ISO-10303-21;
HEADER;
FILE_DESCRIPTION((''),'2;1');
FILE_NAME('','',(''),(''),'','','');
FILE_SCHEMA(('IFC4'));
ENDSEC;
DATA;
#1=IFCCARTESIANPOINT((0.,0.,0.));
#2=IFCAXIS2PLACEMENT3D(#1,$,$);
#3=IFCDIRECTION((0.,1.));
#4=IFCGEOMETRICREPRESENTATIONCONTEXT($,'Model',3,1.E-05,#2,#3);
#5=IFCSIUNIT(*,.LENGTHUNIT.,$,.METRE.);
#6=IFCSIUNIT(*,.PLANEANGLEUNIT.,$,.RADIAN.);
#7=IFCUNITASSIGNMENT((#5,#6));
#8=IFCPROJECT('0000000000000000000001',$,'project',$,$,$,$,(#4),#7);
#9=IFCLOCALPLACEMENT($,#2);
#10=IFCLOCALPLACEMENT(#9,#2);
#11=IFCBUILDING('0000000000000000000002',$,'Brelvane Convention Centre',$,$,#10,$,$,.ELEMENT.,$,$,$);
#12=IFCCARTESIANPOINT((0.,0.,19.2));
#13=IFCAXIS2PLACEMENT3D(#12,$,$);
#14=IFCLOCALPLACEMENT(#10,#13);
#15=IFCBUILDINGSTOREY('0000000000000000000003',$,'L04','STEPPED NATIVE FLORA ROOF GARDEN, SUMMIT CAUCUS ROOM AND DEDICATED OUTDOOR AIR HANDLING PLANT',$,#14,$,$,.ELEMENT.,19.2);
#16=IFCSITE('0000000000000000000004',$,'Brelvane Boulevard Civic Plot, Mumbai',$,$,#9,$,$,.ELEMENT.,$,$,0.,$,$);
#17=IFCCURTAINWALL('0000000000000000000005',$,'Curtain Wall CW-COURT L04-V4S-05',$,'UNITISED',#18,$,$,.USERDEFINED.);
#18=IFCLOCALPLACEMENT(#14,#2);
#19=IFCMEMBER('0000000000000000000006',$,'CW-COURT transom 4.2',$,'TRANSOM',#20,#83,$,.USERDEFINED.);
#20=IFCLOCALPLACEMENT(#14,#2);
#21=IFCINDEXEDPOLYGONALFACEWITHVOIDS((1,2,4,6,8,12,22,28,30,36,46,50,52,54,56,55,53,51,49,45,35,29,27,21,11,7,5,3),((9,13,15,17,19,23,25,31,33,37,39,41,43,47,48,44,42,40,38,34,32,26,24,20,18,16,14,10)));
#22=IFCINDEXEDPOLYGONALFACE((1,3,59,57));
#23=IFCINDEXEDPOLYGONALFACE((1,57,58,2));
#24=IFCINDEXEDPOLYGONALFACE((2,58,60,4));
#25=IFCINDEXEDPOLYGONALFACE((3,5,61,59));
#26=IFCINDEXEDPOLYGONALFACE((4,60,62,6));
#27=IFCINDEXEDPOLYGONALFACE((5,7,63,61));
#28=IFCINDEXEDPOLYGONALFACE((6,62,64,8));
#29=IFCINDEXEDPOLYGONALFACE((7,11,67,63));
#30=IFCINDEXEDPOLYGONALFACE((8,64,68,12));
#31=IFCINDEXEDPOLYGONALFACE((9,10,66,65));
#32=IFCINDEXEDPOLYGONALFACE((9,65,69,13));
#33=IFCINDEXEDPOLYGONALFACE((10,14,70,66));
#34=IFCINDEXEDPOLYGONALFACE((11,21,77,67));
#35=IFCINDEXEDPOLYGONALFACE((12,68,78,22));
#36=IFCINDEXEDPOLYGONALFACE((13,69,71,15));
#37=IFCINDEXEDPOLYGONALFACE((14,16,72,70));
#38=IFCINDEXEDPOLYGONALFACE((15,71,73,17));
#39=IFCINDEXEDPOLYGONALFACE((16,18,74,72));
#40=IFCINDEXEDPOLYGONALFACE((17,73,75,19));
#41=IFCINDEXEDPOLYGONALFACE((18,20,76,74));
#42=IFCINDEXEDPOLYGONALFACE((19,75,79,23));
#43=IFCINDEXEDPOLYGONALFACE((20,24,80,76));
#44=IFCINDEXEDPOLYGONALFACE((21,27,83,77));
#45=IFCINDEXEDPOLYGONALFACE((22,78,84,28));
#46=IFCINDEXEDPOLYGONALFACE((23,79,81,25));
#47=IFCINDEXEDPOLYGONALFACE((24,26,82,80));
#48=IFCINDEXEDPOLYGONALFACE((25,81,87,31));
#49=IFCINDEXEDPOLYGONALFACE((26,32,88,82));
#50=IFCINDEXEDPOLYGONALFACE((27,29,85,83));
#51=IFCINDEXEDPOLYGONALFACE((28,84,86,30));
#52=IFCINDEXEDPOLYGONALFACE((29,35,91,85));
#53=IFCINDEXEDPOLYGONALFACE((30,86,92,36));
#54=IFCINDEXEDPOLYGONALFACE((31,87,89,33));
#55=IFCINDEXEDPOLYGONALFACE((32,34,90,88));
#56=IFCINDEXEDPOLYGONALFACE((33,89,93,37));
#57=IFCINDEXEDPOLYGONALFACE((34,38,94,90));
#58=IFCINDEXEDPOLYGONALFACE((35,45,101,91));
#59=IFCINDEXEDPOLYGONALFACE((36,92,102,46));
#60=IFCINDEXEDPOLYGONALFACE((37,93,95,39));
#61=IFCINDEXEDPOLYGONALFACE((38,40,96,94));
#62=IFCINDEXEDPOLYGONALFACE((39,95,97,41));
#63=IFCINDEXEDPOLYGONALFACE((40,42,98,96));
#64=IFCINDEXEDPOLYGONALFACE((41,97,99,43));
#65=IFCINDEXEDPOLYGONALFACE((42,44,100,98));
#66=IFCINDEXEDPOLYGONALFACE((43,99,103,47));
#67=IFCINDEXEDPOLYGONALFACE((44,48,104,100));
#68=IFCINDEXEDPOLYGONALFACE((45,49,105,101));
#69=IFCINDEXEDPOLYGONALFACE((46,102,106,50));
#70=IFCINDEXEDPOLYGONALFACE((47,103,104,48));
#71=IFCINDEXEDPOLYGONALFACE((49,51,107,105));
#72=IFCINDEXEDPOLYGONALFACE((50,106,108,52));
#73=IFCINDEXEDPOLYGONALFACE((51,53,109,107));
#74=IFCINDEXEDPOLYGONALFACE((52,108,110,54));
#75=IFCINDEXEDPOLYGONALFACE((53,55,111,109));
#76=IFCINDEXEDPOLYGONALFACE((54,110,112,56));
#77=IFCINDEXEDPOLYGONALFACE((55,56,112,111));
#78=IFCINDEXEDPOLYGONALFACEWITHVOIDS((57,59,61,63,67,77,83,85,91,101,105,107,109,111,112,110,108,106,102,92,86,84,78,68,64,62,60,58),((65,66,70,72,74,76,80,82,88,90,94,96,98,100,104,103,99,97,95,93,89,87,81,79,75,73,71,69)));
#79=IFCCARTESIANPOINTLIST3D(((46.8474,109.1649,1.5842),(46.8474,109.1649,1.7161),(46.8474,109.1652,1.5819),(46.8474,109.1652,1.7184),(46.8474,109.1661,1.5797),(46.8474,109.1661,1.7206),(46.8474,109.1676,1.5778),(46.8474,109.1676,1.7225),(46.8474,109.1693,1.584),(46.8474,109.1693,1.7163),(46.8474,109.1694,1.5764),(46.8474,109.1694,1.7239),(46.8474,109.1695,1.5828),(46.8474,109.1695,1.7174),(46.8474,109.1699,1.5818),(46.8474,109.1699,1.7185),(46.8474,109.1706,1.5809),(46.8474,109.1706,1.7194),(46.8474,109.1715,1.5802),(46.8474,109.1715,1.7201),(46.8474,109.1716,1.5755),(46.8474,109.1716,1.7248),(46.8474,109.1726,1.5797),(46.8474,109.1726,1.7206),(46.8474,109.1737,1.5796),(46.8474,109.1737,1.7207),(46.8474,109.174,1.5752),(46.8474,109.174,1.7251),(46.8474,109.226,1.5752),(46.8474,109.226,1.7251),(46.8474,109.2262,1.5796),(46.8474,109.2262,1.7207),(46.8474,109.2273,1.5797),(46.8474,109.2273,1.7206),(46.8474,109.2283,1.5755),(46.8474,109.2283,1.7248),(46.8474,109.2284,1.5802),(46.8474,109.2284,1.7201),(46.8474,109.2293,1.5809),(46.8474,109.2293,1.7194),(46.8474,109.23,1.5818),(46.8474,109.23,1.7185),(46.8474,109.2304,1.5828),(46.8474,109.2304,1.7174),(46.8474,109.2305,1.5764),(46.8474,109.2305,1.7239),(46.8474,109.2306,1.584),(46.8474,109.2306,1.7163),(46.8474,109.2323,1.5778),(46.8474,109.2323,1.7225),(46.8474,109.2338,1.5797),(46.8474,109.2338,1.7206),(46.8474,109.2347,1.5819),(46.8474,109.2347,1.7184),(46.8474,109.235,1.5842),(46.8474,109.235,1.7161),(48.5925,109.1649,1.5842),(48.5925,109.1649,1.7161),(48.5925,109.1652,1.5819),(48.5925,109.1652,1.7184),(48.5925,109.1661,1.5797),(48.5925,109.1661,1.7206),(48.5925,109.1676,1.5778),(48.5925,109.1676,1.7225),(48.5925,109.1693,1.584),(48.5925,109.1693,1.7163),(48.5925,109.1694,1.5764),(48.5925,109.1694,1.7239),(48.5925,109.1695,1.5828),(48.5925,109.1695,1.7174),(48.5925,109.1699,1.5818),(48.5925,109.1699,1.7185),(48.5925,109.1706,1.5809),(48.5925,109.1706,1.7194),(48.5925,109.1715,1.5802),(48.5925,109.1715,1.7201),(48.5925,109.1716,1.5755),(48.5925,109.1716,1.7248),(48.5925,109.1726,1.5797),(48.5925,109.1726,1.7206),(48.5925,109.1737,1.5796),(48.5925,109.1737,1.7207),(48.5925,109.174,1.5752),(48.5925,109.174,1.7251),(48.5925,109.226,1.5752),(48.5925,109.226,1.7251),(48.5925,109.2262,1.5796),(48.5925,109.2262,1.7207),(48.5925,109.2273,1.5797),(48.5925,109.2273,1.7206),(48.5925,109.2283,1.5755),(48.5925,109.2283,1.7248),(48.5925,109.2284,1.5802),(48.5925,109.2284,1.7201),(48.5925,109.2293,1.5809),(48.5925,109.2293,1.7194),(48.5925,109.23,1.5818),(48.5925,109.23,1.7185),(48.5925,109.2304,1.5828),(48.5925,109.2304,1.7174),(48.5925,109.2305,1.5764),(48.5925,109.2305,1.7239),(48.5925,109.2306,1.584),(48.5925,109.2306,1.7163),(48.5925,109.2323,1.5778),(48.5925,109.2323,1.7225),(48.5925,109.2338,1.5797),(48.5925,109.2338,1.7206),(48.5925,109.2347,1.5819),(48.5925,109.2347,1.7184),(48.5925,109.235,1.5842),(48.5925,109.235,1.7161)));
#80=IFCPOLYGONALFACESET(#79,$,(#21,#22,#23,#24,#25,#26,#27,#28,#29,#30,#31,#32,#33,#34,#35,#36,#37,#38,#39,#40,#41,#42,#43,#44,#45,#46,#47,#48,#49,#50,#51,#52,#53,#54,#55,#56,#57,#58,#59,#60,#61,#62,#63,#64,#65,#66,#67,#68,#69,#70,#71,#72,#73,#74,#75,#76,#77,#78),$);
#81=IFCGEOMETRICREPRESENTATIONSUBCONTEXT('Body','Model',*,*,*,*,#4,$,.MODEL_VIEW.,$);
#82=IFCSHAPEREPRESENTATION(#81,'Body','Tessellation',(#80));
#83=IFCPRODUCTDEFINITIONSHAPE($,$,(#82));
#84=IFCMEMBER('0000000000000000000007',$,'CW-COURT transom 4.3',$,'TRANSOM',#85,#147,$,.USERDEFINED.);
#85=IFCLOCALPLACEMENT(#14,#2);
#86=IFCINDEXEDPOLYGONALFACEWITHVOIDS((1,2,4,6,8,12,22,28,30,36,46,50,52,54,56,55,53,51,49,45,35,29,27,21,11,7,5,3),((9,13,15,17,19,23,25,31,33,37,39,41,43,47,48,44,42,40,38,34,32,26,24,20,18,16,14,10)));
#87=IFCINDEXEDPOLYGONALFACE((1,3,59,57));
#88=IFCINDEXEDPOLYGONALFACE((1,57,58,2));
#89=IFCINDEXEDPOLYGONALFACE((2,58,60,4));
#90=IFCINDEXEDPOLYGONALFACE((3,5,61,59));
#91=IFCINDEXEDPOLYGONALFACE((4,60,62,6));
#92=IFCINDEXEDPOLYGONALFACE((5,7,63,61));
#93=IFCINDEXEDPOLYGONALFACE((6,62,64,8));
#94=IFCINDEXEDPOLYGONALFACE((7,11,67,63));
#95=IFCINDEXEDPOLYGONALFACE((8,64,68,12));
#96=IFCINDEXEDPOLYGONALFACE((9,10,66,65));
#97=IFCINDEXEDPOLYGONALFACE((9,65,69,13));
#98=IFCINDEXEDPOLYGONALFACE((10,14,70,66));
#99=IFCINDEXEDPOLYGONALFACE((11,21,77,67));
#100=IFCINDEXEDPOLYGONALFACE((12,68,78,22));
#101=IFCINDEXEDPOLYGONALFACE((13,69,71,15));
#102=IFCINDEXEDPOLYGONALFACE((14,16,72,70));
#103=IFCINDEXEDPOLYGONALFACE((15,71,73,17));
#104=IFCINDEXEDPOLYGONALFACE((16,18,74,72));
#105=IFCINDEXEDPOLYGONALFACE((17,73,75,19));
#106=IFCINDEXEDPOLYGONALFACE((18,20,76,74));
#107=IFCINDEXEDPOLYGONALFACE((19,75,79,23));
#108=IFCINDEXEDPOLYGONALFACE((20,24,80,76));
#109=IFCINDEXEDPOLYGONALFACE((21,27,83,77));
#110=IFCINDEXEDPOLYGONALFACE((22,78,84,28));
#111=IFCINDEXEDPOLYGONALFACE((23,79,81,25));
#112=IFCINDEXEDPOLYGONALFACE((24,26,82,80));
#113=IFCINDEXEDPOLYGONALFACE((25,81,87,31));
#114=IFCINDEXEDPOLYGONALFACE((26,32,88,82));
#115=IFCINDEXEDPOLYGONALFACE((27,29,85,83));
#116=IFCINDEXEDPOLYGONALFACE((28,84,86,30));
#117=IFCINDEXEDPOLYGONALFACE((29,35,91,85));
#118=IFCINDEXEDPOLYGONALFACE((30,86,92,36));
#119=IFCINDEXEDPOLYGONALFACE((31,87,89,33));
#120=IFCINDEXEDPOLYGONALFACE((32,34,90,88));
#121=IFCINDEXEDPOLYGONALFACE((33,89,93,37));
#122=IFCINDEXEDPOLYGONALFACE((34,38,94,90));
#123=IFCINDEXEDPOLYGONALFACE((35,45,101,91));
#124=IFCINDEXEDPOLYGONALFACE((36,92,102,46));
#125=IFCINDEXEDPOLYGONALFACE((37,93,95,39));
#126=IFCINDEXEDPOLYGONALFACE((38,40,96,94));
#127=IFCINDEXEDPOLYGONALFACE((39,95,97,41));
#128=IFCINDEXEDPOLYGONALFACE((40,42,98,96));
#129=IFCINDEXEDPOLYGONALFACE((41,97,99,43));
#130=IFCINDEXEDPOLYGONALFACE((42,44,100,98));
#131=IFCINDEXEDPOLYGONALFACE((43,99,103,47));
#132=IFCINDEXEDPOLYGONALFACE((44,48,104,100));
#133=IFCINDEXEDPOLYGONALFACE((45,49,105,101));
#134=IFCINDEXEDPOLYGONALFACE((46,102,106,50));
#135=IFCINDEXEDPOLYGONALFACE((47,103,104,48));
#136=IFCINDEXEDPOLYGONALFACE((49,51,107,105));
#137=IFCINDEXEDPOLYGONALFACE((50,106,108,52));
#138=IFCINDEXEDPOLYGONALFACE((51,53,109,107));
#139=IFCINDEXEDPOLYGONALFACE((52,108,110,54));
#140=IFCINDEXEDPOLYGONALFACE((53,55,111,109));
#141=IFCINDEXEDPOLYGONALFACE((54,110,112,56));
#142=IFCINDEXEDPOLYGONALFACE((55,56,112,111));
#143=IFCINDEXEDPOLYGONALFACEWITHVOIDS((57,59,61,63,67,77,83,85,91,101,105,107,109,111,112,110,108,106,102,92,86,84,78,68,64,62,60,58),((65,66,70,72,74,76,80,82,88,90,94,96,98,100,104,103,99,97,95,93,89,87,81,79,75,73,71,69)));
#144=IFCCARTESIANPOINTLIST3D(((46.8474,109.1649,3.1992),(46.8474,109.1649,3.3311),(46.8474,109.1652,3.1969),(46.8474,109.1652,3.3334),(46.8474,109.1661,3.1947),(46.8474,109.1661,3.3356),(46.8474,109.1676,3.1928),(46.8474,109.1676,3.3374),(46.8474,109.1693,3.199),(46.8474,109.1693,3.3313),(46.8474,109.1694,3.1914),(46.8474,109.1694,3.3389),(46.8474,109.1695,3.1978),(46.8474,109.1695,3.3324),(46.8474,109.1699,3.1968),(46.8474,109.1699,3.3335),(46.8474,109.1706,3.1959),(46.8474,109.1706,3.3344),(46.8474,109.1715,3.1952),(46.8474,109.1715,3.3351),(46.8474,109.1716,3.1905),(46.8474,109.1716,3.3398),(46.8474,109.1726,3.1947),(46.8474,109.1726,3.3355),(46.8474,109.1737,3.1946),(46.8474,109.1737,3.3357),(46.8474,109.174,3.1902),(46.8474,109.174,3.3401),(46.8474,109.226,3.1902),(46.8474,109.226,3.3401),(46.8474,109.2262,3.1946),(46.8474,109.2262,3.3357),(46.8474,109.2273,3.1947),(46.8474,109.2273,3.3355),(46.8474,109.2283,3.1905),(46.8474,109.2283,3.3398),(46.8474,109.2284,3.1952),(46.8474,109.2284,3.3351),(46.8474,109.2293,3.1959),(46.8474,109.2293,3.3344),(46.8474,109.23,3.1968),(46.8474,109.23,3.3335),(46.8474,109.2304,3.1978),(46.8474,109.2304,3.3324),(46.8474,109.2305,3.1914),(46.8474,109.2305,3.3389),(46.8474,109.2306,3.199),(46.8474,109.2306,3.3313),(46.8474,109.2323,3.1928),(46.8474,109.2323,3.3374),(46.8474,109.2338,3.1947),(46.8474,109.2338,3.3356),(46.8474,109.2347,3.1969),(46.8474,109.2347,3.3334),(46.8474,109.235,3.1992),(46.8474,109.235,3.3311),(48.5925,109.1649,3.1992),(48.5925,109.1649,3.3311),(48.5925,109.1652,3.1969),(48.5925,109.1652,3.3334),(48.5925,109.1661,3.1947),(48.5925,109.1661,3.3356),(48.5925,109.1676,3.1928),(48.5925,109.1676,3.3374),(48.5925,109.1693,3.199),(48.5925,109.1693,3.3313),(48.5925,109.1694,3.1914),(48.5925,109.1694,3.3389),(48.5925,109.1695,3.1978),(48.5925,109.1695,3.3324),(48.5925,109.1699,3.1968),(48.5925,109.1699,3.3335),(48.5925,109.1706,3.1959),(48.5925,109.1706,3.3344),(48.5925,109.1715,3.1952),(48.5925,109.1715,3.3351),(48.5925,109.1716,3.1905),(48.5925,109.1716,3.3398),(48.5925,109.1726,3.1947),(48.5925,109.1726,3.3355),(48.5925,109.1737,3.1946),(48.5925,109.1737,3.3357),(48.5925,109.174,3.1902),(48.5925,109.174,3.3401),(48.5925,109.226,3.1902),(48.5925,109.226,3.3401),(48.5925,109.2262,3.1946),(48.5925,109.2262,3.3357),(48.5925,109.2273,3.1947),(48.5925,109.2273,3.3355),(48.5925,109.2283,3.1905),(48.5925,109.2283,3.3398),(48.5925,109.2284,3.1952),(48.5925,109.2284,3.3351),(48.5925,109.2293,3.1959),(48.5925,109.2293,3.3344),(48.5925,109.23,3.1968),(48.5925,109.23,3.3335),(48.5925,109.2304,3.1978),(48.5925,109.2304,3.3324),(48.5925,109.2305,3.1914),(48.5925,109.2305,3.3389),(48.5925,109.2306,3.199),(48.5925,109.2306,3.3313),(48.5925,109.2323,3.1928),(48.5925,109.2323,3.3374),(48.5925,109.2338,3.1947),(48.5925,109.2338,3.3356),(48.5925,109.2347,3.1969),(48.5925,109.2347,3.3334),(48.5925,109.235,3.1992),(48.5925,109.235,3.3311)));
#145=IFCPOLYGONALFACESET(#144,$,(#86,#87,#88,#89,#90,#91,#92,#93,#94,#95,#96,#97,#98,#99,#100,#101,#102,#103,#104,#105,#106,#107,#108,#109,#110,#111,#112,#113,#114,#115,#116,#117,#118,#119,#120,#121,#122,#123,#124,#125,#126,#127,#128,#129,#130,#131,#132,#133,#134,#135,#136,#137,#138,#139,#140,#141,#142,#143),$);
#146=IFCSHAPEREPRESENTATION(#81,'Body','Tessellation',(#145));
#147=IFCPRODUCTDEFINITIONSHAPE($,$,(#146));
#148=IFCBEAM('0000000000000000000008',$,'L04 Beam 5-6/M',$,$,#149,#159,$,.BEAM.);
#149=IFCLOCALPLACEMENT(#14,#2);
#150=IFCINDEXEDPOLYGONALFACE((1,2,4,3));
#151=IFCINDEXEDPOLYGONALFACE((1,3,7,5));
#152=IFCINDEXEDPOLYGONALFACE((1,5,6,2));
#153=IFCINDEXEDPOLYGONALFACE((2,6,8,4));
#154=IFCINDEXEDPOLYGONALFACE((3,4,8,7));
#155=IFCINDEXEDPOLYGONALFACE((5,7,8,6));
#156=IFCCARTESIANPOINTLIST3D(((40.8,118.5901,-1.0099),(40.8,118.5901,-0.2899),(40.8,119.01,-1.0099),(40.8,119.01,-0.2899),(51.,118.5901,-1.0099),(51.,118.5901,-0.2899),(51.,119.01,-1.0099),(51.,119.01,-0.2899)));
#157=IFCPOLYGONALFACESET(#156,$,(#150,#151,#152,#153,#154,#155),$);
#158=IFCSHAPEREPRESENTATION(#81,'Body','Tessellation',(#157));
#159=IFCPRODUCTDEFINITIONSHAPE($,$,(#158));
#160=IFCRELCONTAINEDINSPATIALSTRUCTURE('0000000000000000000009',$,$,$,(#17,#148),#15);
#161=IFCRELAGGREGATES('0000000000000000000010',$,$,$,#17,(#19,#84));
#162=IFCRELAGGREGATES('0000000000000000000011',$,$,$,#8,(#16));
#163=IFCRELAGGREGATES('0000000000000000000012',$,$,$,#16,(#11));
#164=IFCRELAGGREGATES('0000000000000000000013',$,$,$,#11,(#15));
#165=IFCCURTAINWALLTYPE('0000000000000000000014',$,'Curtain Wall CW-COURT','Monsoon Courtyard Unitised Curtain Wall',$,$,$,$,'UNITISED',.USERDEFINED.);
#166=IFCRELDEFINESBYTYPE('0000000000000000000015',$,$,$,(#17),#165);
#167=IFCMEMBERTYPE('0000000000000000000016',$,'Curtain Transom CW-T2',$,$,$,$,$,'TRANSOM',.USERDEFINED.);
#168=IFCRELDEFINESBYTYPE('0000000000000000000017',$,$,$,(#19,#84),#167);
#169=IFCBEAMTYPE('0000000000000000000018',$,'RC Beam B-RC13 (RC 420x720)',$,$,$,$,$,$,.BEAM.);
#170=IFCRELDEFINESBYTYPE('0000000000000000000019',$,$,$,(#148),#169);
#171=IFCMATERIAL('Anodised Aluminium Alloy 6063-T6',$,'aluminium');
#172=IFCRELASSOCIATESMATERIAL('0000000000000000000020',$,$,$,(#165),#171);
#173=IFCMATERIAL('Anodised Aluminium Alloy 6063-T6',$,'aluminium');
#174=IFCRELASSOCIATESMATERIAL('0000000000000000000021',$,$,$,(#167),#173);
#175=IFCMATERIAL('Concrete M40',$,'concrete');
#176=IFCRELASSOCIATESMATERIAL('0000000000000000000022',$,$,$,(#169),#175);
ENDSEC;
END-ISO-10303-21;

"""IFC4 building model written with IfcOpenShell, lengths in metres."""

from ifc_helpers import new_model, si_unit, direction, frame, origin, origin_2d, place, context, subcontext, project, spatial, rectangle, hollow_rectangle, extrude, material, material_profile, profile_set, type_object, element, aggregate, save


model = new_model("IFC4")

# Units and contexts
model_context = context("Model", 3, precision=1e-05, world=origin(), true_north=direction((0.0, 1.0)))
body_context = subcontext(model_context, "Body", "Model", "MODEL_VIEW")
ifc_project = project(units=[si_unit("LENGTHUNIT", "METRE"), si_unit("PLANEANGLEUNIT", "RADIAN")], contexts=[model_context])

# Site, building, storey
site_placement = place(None, origin())
site = spatial("IfcSite", under=ifc_project, at=site_placement, Name="Brelvane Boulevard Civic Plot, Mumbai", CompositionType="ELEMENT", RefElevation=0.0)
building_placement = place(site_placement, origin())
building = spatial("IfcBuilding", under=site, at=building_placement, Name="Brelvane Convention Centre", CompositionType="ELEMENT")
storey_placement = place(building_placement, frame((0.0, 0.0, 19.2)))
storey = spatial("IfcBuildingStorey", under=building, at=storey_placement, Name="L04", Description="STEPPED NATIVE FLORA ROOF GARDEN, SUMMIT CAUCUS ROOM AND DEDICATED OUTDOOR AIR HANDLING PLANT", CompositionType="ELEMENT", Elevation=19.2)

# Curtain wall, members
ifc_material_1 = material(Name="Anodised Aluminium Alloy 6063-T6", Category="aluminium")
curtain_wall_type = type_object("IfcCurtainWallType", Name="Curtain Wall CW-COURT", Description="Monsoon Courtyard Unitised Curtain Wall", ElementType="UNITISED", PredefinedType="USERDEFINED", material=ifc_material_1)
curtain_wall_placement = place(storey_placement, origin())
curtain_wall = element("IfcCurtainWall", 1, at=curtain_wall_placement, inside=storey, type_object=curtain_wall_type, Name="Curtain Wall CW-COURT L04-V4S-05", ObjectType="UNITISED", PredefinedType="USERDEFINED")
ifc_material_2 = material(Name="Anodised Aluminium Alloy 6063-T6", Category="aluminium")
ifc_material_profile_1 = material_profile(ifc_material_2, hollow_rectangle(XDim=0.0701, YDim=0.1499, WallThickness=0.0044, InnerFilletRadius=0.0044, OuterFilletRadius=0.009, at=origin_2d()), Name="ALU-T 150x70x4.5")
ifc_profile_set_1 = profile_set([ifc_material_profile_1], Name="Anodised Aluminium Alloy 6063-T6")
member_type_1 = type_object("IfcMemberType", Name="Curtain Transom CW-T2", ElementType="TRANSOM", PredefinedType="USERDEFINED", material=ifc_profile_set_1)
member_1_placement = place(storey_placement, frame((46.8474, 109.2, 1.6501), z_axis=(1.0, 0.0, 0.0), x_axis=(0.0, 1.0, 0.0)))
member_1 = element("IfcMember", 2, at=member_1_placement, type_object=member_type_1, Name="CW-COURT transom 4.2", ObjectType="TRANSOM", PredefinedType="USERDEFINED", context=body_context, shape_type="SweptSolid", body=[
    extrude(hollow_rectangle(XDim=0.0701, YDim=0.1499, WallThickness=0.0044, InnerFilletRadius=0.0044, OuterFilletRadius=0.009, at=origin_2d()), origin(), (0.0, 0.0, 1.0), 1.7451),
])
member_2_placement = place(storey_placement, frame((46.8474, 109.2, 3.2651), z_axis=(1.0, 0.0, 0.0), x_axis=(0.0, 1.0, 0.0)))
member_2 = element("IfcMember", 3, at=member_2_placement, type_object=member_type_1, Name="CW-COURT transom 4.3", ObjectType="TRANSOM", PredefinedType="USERDEFINED", context=body_context, shape_type="SweptSolid", body=[
    extrude(hollow_rectangle(XDim=0.0701, YDim=0.1499, WallThickness=0.0044, InnerFilletRadius=0.0044, OuterFilletRadius=0.009, at=origin_2d()), origin(), (0.0, 0.0, 1.0), 1.7451),
])

# Beam
ifc_material_3 = material(Name="Concrete M40", Category="concrete")
ifc_material_profile_2 = material_profile(ifc_material_3, rectangle(XDim=0.4199, YDim=0.72, at=origin_2d()), Name="RC 420x720")
ifc_profile_set_2 = profile_set([ifc_material_profile_2], Name="Concrete M40")
beam_type_1 = type_object("IfcBeamType", Name="RC Beam B-RC13 (RC 420x720)", PredefinedType="BEAM", material=ifc_profile_set_2)
beam_1_placement = place(storey_placement, frame((40.8, 118.8, -0.6499), z_axis=(1.0, 0.0, 0.0), x_axis=(0.0, 1.0, 0.0)))
element("IfcBeam", 4, at=beam_1_placement, inside=storey, type_object=beam_type_1, Name="L04 Beam 5-6/M", PredefinedType="BEAM", context=body_context, shape_type="SweptSolid", body=[
    extrude(rectangle(XDim=0.4199, YDim=0.72, at=origin_2d()), origin(), (0.0, 0.0, 1.0), 10.2),
])

aggregate(curtain_wall, [member_1, member_2])

save(model, "model.ifc")
